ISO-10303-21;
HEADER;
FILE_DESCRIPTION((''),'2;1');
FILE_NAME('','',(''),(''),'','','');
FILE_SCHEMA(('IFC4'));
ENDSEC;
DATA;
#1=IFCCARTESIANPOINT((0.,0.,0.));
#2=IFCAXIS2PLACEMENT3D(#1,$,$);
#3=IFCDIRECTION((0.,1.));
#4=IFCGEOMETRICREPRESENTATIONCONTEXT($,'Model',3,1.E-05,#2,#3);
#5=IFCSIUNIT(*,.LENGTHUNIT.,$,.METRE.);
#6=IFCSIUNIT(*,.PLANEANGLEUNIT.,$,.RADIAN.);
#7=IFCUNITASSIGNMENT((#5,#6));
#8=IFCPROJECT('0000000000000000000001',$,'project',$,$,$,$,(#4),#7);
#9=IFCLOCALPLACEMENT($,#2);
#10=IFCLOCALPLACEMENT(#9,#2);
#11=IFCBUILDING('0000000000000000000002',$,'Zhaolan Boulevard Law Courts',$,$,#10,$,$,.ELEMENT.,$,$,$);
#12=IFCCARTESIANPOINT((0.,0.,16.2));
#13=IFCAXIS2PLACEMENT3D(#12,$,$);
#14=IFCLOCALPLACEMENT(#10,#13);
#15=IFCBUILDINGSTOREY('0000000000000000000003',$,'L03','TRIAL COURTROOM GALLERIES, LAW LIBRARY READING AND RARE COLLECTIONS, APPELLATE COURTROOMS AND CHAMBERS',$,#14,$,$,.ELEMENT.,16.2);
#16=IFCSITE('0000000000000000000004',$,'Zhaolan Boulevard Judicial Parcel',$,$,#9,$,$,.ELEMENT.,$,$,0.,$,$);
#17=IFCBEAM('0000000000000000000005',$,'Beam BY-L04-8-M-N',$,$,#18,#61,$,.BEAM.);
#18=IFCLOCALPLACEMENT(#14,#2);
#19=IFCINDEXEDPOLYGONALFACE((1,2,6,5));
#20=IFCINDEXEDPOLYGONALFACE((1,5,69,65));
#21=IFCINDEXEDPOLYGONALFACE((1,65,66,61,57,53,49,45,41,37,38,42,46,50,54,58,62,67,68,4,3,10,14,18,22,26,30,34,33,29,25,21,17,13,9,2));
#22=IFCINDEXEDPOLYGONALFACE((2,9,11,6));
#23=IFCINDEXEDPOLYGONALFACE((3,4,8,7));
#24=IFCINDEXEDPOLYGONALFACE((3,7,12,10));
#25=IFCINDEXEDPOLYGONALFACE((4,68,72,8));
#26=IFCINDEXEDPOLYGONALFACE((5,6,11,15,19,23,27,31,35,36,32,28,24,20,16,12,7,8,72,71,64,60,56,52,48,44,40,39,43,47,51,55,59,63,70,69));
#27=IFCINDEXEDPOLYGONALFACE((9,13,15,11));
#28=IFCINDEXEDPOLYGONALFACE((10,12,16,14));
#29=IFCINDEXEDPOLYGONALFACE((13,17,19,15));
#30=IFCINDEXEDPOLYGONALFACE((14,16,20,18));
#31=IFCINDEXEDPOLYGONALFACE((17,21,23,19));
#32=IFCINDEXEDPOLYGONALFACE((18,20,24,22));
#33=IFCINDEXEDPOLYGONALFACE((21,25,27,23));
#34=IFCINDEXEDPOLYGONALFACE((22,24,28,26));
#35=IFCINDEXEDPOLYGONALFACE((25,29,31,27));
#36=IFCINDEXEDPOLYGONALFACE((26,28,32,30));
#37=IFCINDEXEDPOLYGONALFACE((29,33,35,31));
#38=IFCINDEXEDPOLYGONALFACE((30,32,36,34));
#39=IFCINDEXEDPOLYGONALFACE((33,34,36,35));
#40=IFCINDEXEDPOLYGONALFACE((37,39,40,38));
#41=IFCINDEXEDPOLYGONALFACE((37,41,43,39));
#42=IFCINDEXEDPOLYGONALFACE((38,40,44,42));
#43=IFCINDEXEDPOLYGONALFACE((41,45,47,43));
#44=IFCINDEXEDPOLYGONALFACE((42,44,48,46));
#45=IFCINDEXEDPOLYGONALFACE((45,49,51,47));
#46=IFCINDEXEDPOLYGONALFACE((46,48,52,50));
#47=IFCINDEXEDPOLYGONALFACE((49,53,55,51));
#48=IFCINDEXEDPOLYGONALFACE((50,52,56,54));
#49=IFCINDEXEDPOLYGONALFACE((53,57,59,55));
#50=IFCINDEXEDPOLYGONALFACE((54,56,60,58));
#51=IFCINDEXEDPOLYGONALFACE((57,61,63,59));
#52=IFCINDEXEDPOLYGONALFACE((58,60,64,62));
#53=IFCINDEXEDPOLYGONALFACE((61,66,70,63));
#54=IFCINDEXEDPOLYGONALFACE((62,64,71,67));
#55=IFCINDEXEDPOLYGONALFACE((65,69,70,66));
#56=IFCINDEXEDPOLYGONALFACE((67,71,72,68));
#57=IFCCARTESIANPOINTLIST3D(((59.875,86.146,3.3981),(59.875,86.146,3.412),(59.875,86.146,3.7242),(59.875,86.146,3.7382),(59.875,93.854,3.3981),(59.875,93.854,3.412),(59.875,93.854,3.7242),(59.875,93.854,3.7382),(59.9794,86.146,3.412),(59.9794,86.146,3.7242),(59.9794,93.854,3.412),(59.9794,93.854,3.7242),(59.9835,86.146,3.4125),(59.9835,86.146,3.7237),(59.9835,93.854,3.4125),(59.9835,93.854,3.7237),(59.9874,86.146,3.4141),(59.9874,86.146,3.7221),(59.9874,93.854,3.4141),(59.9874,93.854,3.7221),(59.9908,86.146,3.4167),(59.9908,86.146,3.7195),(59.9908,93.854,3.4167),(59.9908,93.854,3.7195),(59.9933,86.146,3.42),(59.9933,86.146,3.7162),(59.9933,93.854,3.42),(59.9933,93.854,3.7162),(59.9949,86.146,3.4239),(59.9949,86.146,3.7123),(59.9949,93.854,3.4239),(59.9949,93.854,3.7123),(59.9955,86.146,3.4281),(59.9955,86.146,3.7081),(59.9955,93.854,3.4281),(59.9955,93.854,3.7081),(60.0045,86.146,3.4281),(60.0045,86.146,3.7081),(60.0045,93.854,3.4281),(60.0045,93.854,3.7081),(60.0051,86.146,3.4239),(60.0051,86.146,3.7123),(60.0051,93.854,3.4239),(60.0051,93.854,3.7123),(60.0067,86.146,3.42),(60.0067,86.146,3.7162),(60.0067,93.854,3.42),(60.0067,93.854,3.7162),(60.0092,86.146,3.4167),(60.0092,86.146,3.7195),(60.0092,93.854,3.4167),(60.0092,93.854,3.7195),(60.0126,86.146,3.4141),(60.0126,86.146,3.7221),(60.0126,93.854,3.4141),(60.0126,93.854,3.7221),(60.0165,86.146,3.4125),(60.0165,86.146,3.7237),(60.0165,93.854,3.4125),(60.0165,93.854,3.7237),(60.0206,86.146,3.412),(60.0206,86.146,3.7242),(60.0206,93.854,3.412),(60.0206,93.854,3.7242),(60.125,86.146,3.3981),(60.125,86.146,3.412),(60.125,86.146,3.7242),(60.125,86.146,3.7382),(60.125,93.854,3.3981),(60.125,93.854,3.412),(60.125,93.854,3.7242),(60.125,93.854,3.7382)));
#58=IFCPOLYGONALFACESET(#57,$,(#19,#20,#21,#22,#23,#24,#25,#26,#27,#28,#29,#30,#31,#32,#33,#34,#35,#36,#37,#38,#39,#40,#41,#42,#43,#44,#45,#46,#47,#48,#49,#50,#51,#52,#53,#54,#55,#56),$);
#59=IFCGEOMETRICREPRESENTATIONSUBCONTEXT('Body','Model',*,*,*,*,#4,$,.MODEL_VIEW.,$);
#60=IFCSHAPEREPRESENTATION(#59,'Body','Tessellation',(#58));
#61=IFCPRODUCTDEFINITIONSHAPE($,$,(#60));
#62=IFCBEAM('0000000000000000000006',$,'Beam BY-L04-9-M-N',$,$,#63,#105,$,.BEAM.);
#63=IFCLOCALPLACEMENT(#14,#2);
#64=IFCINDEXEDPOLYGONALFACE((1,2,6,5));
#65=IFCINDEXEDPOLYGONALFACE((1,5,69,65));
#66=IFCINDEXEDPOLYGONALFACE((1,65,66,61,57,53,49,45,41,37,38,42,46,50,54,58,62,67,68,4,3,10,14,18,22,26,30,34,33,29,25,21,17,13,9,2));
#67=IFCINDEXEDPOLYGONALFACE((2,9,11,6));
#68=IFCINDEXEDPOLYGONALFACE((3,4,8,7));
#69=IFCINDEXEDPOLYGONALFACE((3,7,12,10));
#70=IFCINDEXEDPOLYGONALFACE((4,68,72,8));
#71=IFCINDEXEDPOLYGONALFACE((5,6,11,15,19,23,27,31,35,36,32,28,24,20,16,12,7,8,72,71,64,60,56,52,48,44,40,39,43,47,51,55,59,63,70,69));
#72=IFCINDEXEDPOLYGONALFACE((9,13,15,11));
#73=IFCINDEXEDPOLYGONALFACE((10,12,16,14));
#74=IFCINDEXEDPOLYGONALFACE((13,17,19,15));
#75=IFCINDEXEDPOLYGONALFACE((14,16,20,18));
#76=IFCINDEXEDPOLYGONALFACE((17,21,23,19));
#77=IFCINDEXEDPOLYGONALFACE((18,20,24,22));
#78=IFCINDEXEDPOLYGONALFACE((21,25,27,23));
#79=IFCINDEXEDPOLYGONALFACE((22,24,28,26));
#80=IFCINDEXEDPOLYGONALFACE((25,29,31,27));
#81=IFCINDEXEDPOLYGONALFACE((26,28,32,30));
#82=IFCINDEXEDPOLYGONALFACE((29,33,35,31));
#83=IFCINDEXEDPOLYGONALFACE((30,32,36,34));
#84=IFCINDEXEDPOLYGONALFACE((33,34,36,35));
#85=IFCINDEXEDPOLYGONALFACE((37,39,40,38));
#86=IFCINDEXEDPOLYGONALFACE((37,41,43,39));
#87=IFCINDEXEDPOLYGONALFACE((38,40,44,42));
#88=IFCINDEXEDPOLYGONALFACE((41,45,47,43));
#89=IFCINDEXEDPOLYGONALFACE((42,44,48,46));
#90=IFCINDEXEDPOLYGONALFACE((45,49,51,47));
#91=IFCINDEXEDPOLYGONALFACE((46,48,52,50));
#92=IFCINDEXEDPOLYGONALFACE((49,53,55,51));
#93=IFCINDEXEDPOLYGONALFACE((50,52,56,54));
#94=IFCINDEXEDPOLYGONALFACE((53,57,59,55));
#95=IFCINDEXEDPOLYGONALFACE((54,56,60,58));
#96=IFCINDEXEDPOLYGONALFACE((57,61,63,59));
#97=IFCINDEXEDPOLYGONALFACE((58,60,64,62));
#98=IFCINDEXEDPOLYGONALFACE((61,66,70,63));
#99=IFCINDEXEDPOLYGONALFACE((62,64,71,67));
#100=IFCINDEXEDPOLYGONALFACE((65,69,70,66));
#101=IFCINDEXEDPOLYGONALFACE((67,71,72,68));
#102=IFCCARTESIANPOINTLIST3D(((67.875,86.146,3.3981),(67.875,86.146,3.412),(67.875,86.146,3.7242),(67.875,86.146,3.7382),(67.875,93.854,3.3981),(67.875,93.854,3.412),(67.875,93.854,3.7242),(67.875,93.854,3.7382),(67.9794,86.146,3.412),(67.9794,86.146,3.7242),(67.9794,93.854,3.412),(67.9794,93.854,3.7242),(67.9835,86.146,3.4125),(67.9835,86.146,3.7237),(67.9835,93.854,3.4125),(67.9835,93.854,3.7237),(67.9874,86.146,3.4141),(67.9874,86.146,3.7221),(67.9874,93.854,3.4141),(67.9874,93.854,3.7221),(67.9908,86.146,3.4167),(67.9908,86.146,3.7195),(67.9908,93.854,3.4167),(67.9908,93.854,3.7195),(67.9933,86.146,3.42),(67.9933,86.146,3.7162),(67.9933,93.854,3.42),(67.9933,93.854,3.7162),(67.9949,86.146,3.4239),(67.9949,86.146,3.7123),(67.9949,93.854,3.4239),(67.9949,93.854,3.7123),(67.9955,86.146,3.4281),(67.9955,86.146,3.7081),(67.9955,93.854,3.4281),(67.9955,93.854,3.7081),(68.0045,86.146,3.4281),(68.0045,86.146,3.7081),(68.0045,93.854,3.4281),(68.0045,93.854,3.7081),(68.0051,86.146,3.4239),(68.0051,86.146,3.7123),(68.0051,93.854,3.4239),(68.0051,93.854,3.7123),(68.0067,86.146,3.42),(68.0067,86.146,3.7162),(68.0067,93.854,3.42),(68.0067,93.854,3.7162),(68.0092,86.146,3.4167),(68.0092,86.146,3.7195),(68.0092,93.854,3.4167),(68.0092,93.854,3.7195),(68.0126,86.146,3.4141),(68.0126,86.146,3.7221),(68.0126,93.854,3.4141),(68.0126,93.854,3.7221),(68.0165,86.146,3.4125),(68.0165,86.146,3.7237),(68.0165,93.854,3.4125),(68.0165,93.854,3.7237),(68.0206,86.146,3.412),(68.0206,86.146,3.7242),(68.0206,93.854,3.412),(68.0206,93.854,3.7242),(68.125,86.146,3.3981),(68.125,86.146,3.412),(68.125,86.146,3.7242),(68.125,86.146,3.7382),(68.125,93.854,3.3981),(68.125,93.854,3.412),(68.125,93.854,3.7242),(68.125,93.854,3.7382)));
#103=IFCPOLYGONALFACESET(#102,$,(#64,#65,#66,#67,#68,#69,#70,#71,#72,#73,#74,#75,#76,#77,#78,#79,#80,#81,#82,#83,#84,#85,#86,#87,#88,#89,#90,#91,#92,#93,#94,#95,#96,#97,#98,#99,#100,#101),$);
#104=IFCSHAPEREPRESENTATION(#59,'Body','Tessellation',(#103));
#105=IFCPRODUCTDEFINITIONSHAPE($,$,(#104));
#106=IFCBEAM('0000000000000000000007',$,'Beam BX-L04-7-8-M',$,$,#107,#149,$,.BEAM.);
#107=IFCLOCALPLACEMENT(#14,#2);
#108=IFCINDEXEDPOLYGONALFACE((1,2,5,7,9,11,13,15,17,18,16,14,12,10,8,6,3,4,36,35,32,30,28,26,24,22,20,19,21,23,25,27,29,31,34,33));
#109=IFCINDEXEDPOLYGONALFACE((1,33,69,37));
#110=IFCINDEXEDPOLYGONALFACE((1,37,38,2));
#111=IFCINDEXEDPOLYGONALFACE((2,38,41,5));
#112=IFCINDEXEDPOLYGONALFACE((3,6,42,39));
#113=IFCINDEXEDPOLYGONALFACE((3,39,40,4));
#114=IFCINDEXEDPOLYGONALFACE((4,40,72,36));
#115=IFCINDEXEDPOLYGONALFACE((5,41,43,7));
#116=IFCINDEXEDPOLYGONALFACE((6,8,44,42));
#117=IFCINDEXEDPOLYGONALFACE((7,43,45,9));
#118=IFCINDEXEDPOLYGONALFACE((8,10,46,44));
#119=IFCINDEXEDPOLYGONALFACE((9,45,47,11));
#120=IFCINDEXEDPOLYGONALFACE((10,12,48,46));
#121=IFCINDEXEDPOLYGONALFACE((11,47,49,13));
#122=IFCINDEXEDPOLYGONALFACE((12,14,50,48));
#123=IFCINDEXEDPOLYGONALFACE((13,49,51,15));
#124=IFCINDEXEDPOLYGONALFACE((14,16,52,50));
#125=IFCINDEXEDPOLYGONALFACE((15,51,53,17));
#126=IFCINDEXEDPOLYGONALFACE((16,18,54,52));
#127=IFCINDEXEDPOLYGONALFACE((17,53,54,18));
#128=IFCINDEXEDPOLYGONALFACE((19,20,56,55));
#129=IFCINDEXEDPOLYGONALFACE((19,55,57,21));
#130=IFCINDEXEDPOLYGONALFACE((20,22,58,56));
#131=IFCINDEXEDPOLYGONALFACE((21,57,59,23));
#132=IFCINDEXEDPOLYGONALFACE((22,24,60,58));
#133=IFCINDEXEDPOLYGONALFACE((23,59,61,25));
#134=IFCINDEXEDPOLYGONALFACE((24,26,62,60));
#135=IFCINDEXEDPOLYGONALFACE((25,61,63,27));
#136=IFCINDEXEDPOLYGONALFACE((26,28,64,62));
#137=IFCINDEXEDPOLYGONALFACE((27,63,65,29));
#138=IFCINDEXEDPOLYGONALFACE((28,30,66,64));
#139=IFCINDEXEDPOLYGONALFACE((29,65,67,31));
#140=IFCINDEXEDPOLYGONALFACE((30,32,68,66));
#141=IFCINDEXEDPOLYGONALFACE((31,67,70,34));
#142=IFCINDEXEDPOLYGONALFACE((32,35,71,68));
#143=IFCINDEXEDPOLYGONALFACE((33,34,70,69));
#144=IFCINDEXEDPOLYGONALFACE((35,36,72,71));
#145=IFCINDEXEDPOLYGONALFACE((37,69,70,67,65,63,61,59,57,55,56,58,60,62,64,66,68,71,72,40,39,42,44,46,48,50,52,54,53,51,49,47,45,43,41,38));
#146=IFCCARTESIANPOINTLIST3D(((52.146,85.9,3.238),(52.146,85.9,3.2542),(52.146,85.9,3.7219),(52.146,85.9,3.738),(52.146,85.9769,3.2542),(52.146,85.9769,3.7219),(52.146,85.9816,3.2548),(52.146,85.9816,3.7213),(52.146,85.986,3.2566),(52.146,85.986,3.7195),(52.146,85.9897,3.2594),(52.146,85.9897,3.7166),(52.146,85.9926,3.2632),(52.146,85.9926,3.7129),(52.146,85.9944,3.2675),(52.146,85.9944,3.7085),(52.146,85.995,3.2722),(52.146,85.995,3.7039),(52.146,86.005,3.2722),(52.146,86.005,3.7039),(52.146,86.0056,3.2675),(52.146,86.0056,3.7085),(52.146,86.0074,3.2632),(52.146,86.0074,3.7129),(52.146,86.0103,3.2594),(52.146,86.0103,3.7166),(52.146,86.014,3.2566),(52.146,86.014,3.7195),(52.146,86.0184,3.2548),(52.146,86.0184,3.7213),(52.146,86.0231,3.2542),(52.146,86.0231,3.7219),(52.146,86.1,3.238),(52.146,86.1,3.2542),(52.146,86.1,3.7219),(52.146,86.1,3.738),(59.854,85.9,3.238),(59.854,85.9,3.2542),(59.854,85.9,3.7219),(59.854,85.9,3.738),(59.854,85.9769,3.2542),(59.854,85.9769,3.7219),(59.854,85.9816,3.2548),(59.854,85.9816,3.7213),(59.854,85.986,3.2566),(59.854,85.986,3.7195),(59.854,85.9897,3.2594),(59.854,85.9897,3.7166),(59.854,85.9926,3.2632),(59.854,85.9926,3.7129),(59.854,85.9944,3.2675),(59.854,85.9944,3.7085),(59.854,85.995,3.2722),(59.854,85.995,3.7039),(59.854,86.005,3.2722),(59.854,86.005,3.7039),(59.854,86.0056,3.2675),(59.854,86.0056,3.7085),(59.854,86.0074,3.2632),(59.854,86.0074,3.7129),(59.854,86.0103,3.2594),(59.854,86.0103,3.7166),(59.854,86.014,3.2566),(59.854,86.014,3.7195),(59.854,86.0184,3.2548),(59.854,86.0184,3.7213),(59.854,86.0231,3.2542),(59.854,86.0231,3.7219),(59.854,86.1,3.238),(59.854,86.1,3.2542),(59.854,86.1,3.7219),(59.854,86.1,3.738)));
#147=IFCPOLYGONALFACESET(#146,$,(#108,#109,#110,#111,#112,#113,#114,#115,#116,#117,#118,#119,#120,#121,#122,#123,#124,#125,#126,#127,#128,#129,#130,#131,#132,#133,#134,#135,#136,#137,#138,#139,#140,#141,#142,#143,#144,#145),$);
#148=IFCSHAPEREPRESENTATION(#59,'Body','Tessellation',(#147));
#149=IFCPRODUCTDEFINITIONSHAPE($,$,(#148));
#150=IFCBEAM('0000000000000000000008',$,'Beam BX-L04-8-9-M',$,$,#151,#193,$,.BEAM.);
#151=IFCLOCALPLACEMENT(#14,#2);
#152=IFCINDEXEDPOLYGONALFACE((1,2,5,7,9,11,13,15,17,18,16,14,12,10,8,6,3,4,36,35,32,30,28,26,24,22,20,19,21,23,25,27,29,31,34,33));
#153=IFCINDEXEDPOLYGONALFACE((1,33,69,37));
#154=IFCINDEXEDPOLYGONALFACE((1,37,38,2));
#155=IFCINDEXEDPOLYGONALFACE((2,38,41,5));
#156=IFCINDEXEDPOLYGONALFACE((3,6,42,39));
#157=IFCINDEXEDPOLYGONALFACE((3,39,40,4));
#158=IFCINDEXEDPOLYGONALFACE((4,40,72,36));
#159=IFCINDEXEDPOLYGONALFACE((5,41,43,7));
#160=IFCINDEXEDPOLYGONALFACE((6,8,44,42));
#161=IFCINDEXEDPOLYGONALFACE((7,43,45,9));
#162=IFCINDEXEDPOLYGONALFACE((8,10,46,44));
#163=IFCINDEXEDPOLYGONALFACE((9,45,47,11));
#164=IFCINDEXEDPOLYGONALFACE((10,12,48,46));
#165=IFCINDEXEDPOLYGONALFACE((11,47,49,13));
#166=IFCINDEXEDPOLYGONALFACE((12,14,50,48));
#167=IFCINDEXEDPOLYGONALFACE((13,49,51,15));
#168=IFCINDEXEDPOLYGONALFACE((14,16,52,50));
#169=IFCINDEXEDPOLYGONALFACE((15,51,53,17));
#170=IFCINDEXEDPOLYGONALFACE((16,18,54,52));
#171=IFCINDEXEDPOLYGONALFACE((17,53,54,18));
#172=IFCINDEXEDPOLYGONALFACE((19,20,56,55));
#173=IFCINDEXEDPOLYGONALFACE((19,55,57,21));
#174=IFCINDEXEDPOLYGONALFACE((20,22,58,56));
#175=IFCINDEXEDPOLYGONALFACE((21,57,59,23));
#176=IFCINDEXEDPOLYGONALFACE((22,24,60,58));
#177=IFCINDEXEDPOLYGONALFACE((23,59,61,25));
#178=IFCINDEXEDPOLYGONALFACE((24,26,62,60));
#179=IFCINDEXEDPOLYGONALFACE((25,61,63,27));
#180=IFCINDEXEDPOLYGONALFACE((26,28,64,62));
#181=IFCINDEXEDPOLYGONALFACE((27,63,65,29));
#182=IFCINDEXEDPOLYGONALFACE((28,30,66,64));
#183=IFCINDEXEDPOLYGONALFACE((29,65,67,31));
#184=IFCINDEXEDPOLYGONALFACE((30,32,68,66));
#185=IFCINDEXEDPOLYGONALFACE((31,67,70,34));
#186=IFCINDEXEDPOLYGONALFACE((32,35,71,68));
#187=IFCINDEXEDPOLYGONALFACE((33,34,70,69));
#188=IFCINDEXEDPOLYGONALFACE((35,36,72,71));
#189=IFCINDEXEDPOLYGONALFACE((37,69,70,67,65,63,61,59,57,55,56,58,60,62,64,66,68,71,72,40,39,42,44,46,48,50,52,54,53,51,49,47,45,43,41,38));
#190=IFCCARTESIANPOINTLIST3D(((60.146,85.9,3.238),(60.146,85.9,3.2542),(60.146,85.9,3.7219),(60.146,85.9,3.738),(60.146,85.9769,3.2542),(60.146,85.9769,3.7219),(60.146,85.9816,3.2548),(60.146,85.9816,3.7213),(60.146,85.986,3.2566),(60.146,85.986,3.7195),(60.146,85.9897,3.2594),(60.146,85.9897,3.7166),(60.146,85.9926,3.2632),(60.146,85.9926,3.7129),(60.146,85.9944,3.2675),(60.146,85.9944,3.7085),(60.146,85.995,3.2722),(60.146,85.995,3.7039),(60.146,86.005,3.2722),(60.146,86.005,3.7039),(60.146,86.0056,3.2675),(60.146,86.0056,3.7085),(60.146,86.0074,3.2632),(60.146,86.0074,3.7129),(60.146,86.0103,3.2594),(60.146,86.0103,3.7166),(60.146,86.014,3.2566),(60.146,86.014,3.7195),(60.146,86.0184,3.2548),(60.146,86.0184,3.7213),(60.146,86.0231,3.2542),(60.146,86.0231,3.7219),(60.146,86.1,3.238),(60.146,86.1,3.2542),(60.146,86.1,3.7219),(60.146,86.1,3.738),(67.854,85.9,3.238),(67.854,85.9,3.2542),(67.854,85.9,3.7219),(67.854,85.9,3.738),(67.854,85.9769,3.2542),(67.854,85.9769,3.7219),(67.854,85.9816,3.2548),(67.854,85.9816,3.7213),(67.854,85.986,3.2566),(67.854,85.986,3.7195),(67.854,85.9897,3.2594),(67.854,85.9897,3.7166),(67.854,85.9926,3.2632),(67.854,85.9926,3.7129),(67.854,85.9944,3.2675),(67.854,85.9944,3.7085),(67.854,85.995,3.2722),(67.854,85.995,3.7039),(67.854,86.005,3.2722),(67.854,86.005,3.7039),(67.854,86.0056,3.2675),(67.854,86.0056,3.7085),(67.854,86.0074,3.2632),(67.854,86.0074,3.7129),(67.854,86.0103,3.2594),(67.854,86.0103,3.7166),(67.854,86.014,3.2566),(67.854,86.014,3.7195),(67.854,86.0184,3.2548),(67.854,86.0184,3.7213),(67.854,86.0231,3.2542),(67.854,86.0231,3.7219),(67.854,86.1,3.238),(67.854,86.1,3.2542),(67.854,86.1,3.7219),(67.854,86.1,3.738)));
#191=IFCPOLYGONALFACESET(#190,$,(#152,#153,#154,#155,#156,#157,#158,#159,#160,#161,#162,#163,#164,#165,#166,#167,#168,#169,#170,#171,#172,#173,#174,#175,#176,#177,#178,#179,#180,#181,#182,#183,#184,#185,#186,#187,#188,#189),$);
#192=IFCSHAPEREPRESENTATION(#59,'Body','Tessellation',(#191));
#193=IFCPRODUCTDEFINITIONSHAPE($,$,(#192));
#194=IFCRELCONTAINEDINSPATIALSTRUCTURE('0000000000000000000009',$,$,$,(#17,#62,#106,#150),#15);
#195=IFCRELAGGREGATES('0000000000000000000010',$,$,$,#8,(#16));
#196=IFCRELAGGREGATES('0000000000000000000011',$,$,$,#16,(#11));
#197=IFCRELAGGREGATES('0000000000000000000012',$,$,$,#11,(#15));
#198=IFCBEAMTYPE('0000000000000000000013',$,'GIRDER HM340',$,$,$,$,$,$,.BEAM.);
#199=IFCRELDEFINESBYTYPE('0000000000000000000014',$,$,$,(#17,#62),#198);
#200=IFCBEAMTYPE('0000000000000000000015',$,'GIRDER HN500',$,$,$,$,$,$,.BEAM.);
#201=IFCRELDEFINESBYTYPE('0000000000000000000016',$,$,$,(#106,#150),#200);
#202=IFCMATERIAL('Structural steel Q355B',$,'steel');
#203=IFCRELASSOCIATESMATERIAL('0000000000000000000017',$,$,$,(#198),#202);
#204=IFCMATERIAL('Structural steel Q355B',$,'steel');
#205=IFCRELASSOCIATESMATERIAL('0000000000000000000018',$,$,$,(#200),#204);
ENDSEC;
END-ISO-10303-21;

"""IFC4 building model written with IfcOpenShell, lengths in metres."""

from ifc_helpers import new_model, si_unit, direction, frame, origin, origin_2d, place, context, subcontext, project, spatial, i_section, extrude, material, material_profile, profile_set, type_object, element, save


model = new_model("IFC4")

# Units and contexts
model_context = context("Model", 3, precision=1e-05, world=origin(), true_north=direction((0.0, 1.0)))
body_context = subcontext(model_context, "Body", "Model", "MODEL_VIEW")
ifc_project = project(units=[si_unit("LENGTHUNIT", "METRE"), si_unit("PLANEANGLEUNIT", "RADIAN")], contexts=[model_context])

# Site, building, storey
site_placement = place(None, origin())
site = spatial("IfcSite", under=ifc_project, at=site_placement, Name="Zhaolan Boulevard Judicial Parcel", CompositionType="ELEMENT", RefElevation=0.0)
building_placement = place(site_placement, origin())
building = spatial("IfcBuilding", under=site, at=building_placement, Name="Zhaolan Boulevard Law Courts", CompositionType="ELEMENT")
storey_placement = place(building_placement, frame((0.0, 0.0, 16.2)))
storey = spatial("IfcBuildingStorey", under=building, at=storey_placement, Name="L03", Description="TRIAL COURTROOM GALLERIES, LAW LIBRARY READING AND RARE COLLECTIONS, APPELLATE COURTROOMS AND CHAMBERS", CompositionType="ELEMENT", Elevation=16.2)

# Beams
ifc_material_1 = material(Name="Structural steel Q355B", Category="steel")
ifc_material_profile_1 = material_profile(ifc_material_1, i_section(OverallWidth=0.25, OverallDepth=0.3401, WebThickness=0.009, FlangeThickness=0.0139, FilletRadius=0.0161, at=origin_2d()), Name="HM340x250")
ifc_profile_set_1 = profile_set([ifc_material_profile_1], Name="Structural steel Q355B")
beam_type_1 = type_object("IfcBeamType", Name="GIRDER HM340", PredefinedType="BEAM", material=ifc_profile_set_1)
for number, where, z_axis, x_axis, name in (
    (1, (60.0, 86.146, 3.5681), (0.0, 1.0, 0.0), (-1.0, 0.0, 0.0), "Beam BY-L04-8-M-N"),
    (2, (68.0, 86.146, 3.5681), (0.0, 1.0, 0.0), (-1.0, 0.0, 0.0), "Beam BY-L04-9-M-N"),
):
    element("IfcBeam", number, at=place(storey_placement, frame(where, z_axis=z_axis, x_axis=x_axis)), inside=storey, type_object=beam_type_1, Name=name, PredefinedType="BEAM", context=body_context, shape_type="SweptSolid", body=[
        extrude(i_section(OverallWidth=0.25, OverallDepth=0.3401, WebThickness=0.009, FlangeThickness=0.0139, FilletRadius=0.0161, at=origin_2d()), origin(), (0.0, 0.0, 1.0), 7.708),
    ])
ifc_material_2 = material(Name="Structural steel Q355B", Category="steel")
ifc_material_profile_2 = material_profile(ifc_material_2, i_section(OverallWidth=0.2, OverallDepth=0.5, WebThickness=0.01, FlangeThickness=0.0161, FilletRadius=0.0181, at=origin_2d()), Name="HN500x200")
ifc_profile_set_2 = profile_set([ifc_material_profile_2], Name="Structural steel Q355B")
beam_type_2 = type_object("IfcBeamType", Name="GIRDER HN500", PredefinedType="BEAM", material=ifc_profile_set_2)
for number, where, z_axis, x_axis, name in (
    (3, (52.146, 86.0, 3.488), (1.0, 0.0, 0.0), (0.0, 1.0, 0.0), "Beam BX-L04-7-8-M"),
    (4, (60.146, 86.0, 3.488), (1.0, 0.0, 0.0), (0.0, 1.0, 0.0), "Beam BX-L04-8-9-M"),
):
    element("IfcBeam", number, at=place(storey_placement, frame(where, z_axis=z_axis, x_axis=x_axis)), inside=storey, type_object=beam_type_2, Name=name, PredefinedType="BEAM", context=body_context, shape_type="SweptSolid", body=[
        extrude(i_section(OverallWidth=0.2, OverallDepth=0.5, WebThickness=0.01, FlangeThickness=0.0161, FilletRadius=0.0181, at=origin_2d()), origin(), (0.0, 0.0, 1.0), 7.708),
    ])

save(model, "model.ifc")
